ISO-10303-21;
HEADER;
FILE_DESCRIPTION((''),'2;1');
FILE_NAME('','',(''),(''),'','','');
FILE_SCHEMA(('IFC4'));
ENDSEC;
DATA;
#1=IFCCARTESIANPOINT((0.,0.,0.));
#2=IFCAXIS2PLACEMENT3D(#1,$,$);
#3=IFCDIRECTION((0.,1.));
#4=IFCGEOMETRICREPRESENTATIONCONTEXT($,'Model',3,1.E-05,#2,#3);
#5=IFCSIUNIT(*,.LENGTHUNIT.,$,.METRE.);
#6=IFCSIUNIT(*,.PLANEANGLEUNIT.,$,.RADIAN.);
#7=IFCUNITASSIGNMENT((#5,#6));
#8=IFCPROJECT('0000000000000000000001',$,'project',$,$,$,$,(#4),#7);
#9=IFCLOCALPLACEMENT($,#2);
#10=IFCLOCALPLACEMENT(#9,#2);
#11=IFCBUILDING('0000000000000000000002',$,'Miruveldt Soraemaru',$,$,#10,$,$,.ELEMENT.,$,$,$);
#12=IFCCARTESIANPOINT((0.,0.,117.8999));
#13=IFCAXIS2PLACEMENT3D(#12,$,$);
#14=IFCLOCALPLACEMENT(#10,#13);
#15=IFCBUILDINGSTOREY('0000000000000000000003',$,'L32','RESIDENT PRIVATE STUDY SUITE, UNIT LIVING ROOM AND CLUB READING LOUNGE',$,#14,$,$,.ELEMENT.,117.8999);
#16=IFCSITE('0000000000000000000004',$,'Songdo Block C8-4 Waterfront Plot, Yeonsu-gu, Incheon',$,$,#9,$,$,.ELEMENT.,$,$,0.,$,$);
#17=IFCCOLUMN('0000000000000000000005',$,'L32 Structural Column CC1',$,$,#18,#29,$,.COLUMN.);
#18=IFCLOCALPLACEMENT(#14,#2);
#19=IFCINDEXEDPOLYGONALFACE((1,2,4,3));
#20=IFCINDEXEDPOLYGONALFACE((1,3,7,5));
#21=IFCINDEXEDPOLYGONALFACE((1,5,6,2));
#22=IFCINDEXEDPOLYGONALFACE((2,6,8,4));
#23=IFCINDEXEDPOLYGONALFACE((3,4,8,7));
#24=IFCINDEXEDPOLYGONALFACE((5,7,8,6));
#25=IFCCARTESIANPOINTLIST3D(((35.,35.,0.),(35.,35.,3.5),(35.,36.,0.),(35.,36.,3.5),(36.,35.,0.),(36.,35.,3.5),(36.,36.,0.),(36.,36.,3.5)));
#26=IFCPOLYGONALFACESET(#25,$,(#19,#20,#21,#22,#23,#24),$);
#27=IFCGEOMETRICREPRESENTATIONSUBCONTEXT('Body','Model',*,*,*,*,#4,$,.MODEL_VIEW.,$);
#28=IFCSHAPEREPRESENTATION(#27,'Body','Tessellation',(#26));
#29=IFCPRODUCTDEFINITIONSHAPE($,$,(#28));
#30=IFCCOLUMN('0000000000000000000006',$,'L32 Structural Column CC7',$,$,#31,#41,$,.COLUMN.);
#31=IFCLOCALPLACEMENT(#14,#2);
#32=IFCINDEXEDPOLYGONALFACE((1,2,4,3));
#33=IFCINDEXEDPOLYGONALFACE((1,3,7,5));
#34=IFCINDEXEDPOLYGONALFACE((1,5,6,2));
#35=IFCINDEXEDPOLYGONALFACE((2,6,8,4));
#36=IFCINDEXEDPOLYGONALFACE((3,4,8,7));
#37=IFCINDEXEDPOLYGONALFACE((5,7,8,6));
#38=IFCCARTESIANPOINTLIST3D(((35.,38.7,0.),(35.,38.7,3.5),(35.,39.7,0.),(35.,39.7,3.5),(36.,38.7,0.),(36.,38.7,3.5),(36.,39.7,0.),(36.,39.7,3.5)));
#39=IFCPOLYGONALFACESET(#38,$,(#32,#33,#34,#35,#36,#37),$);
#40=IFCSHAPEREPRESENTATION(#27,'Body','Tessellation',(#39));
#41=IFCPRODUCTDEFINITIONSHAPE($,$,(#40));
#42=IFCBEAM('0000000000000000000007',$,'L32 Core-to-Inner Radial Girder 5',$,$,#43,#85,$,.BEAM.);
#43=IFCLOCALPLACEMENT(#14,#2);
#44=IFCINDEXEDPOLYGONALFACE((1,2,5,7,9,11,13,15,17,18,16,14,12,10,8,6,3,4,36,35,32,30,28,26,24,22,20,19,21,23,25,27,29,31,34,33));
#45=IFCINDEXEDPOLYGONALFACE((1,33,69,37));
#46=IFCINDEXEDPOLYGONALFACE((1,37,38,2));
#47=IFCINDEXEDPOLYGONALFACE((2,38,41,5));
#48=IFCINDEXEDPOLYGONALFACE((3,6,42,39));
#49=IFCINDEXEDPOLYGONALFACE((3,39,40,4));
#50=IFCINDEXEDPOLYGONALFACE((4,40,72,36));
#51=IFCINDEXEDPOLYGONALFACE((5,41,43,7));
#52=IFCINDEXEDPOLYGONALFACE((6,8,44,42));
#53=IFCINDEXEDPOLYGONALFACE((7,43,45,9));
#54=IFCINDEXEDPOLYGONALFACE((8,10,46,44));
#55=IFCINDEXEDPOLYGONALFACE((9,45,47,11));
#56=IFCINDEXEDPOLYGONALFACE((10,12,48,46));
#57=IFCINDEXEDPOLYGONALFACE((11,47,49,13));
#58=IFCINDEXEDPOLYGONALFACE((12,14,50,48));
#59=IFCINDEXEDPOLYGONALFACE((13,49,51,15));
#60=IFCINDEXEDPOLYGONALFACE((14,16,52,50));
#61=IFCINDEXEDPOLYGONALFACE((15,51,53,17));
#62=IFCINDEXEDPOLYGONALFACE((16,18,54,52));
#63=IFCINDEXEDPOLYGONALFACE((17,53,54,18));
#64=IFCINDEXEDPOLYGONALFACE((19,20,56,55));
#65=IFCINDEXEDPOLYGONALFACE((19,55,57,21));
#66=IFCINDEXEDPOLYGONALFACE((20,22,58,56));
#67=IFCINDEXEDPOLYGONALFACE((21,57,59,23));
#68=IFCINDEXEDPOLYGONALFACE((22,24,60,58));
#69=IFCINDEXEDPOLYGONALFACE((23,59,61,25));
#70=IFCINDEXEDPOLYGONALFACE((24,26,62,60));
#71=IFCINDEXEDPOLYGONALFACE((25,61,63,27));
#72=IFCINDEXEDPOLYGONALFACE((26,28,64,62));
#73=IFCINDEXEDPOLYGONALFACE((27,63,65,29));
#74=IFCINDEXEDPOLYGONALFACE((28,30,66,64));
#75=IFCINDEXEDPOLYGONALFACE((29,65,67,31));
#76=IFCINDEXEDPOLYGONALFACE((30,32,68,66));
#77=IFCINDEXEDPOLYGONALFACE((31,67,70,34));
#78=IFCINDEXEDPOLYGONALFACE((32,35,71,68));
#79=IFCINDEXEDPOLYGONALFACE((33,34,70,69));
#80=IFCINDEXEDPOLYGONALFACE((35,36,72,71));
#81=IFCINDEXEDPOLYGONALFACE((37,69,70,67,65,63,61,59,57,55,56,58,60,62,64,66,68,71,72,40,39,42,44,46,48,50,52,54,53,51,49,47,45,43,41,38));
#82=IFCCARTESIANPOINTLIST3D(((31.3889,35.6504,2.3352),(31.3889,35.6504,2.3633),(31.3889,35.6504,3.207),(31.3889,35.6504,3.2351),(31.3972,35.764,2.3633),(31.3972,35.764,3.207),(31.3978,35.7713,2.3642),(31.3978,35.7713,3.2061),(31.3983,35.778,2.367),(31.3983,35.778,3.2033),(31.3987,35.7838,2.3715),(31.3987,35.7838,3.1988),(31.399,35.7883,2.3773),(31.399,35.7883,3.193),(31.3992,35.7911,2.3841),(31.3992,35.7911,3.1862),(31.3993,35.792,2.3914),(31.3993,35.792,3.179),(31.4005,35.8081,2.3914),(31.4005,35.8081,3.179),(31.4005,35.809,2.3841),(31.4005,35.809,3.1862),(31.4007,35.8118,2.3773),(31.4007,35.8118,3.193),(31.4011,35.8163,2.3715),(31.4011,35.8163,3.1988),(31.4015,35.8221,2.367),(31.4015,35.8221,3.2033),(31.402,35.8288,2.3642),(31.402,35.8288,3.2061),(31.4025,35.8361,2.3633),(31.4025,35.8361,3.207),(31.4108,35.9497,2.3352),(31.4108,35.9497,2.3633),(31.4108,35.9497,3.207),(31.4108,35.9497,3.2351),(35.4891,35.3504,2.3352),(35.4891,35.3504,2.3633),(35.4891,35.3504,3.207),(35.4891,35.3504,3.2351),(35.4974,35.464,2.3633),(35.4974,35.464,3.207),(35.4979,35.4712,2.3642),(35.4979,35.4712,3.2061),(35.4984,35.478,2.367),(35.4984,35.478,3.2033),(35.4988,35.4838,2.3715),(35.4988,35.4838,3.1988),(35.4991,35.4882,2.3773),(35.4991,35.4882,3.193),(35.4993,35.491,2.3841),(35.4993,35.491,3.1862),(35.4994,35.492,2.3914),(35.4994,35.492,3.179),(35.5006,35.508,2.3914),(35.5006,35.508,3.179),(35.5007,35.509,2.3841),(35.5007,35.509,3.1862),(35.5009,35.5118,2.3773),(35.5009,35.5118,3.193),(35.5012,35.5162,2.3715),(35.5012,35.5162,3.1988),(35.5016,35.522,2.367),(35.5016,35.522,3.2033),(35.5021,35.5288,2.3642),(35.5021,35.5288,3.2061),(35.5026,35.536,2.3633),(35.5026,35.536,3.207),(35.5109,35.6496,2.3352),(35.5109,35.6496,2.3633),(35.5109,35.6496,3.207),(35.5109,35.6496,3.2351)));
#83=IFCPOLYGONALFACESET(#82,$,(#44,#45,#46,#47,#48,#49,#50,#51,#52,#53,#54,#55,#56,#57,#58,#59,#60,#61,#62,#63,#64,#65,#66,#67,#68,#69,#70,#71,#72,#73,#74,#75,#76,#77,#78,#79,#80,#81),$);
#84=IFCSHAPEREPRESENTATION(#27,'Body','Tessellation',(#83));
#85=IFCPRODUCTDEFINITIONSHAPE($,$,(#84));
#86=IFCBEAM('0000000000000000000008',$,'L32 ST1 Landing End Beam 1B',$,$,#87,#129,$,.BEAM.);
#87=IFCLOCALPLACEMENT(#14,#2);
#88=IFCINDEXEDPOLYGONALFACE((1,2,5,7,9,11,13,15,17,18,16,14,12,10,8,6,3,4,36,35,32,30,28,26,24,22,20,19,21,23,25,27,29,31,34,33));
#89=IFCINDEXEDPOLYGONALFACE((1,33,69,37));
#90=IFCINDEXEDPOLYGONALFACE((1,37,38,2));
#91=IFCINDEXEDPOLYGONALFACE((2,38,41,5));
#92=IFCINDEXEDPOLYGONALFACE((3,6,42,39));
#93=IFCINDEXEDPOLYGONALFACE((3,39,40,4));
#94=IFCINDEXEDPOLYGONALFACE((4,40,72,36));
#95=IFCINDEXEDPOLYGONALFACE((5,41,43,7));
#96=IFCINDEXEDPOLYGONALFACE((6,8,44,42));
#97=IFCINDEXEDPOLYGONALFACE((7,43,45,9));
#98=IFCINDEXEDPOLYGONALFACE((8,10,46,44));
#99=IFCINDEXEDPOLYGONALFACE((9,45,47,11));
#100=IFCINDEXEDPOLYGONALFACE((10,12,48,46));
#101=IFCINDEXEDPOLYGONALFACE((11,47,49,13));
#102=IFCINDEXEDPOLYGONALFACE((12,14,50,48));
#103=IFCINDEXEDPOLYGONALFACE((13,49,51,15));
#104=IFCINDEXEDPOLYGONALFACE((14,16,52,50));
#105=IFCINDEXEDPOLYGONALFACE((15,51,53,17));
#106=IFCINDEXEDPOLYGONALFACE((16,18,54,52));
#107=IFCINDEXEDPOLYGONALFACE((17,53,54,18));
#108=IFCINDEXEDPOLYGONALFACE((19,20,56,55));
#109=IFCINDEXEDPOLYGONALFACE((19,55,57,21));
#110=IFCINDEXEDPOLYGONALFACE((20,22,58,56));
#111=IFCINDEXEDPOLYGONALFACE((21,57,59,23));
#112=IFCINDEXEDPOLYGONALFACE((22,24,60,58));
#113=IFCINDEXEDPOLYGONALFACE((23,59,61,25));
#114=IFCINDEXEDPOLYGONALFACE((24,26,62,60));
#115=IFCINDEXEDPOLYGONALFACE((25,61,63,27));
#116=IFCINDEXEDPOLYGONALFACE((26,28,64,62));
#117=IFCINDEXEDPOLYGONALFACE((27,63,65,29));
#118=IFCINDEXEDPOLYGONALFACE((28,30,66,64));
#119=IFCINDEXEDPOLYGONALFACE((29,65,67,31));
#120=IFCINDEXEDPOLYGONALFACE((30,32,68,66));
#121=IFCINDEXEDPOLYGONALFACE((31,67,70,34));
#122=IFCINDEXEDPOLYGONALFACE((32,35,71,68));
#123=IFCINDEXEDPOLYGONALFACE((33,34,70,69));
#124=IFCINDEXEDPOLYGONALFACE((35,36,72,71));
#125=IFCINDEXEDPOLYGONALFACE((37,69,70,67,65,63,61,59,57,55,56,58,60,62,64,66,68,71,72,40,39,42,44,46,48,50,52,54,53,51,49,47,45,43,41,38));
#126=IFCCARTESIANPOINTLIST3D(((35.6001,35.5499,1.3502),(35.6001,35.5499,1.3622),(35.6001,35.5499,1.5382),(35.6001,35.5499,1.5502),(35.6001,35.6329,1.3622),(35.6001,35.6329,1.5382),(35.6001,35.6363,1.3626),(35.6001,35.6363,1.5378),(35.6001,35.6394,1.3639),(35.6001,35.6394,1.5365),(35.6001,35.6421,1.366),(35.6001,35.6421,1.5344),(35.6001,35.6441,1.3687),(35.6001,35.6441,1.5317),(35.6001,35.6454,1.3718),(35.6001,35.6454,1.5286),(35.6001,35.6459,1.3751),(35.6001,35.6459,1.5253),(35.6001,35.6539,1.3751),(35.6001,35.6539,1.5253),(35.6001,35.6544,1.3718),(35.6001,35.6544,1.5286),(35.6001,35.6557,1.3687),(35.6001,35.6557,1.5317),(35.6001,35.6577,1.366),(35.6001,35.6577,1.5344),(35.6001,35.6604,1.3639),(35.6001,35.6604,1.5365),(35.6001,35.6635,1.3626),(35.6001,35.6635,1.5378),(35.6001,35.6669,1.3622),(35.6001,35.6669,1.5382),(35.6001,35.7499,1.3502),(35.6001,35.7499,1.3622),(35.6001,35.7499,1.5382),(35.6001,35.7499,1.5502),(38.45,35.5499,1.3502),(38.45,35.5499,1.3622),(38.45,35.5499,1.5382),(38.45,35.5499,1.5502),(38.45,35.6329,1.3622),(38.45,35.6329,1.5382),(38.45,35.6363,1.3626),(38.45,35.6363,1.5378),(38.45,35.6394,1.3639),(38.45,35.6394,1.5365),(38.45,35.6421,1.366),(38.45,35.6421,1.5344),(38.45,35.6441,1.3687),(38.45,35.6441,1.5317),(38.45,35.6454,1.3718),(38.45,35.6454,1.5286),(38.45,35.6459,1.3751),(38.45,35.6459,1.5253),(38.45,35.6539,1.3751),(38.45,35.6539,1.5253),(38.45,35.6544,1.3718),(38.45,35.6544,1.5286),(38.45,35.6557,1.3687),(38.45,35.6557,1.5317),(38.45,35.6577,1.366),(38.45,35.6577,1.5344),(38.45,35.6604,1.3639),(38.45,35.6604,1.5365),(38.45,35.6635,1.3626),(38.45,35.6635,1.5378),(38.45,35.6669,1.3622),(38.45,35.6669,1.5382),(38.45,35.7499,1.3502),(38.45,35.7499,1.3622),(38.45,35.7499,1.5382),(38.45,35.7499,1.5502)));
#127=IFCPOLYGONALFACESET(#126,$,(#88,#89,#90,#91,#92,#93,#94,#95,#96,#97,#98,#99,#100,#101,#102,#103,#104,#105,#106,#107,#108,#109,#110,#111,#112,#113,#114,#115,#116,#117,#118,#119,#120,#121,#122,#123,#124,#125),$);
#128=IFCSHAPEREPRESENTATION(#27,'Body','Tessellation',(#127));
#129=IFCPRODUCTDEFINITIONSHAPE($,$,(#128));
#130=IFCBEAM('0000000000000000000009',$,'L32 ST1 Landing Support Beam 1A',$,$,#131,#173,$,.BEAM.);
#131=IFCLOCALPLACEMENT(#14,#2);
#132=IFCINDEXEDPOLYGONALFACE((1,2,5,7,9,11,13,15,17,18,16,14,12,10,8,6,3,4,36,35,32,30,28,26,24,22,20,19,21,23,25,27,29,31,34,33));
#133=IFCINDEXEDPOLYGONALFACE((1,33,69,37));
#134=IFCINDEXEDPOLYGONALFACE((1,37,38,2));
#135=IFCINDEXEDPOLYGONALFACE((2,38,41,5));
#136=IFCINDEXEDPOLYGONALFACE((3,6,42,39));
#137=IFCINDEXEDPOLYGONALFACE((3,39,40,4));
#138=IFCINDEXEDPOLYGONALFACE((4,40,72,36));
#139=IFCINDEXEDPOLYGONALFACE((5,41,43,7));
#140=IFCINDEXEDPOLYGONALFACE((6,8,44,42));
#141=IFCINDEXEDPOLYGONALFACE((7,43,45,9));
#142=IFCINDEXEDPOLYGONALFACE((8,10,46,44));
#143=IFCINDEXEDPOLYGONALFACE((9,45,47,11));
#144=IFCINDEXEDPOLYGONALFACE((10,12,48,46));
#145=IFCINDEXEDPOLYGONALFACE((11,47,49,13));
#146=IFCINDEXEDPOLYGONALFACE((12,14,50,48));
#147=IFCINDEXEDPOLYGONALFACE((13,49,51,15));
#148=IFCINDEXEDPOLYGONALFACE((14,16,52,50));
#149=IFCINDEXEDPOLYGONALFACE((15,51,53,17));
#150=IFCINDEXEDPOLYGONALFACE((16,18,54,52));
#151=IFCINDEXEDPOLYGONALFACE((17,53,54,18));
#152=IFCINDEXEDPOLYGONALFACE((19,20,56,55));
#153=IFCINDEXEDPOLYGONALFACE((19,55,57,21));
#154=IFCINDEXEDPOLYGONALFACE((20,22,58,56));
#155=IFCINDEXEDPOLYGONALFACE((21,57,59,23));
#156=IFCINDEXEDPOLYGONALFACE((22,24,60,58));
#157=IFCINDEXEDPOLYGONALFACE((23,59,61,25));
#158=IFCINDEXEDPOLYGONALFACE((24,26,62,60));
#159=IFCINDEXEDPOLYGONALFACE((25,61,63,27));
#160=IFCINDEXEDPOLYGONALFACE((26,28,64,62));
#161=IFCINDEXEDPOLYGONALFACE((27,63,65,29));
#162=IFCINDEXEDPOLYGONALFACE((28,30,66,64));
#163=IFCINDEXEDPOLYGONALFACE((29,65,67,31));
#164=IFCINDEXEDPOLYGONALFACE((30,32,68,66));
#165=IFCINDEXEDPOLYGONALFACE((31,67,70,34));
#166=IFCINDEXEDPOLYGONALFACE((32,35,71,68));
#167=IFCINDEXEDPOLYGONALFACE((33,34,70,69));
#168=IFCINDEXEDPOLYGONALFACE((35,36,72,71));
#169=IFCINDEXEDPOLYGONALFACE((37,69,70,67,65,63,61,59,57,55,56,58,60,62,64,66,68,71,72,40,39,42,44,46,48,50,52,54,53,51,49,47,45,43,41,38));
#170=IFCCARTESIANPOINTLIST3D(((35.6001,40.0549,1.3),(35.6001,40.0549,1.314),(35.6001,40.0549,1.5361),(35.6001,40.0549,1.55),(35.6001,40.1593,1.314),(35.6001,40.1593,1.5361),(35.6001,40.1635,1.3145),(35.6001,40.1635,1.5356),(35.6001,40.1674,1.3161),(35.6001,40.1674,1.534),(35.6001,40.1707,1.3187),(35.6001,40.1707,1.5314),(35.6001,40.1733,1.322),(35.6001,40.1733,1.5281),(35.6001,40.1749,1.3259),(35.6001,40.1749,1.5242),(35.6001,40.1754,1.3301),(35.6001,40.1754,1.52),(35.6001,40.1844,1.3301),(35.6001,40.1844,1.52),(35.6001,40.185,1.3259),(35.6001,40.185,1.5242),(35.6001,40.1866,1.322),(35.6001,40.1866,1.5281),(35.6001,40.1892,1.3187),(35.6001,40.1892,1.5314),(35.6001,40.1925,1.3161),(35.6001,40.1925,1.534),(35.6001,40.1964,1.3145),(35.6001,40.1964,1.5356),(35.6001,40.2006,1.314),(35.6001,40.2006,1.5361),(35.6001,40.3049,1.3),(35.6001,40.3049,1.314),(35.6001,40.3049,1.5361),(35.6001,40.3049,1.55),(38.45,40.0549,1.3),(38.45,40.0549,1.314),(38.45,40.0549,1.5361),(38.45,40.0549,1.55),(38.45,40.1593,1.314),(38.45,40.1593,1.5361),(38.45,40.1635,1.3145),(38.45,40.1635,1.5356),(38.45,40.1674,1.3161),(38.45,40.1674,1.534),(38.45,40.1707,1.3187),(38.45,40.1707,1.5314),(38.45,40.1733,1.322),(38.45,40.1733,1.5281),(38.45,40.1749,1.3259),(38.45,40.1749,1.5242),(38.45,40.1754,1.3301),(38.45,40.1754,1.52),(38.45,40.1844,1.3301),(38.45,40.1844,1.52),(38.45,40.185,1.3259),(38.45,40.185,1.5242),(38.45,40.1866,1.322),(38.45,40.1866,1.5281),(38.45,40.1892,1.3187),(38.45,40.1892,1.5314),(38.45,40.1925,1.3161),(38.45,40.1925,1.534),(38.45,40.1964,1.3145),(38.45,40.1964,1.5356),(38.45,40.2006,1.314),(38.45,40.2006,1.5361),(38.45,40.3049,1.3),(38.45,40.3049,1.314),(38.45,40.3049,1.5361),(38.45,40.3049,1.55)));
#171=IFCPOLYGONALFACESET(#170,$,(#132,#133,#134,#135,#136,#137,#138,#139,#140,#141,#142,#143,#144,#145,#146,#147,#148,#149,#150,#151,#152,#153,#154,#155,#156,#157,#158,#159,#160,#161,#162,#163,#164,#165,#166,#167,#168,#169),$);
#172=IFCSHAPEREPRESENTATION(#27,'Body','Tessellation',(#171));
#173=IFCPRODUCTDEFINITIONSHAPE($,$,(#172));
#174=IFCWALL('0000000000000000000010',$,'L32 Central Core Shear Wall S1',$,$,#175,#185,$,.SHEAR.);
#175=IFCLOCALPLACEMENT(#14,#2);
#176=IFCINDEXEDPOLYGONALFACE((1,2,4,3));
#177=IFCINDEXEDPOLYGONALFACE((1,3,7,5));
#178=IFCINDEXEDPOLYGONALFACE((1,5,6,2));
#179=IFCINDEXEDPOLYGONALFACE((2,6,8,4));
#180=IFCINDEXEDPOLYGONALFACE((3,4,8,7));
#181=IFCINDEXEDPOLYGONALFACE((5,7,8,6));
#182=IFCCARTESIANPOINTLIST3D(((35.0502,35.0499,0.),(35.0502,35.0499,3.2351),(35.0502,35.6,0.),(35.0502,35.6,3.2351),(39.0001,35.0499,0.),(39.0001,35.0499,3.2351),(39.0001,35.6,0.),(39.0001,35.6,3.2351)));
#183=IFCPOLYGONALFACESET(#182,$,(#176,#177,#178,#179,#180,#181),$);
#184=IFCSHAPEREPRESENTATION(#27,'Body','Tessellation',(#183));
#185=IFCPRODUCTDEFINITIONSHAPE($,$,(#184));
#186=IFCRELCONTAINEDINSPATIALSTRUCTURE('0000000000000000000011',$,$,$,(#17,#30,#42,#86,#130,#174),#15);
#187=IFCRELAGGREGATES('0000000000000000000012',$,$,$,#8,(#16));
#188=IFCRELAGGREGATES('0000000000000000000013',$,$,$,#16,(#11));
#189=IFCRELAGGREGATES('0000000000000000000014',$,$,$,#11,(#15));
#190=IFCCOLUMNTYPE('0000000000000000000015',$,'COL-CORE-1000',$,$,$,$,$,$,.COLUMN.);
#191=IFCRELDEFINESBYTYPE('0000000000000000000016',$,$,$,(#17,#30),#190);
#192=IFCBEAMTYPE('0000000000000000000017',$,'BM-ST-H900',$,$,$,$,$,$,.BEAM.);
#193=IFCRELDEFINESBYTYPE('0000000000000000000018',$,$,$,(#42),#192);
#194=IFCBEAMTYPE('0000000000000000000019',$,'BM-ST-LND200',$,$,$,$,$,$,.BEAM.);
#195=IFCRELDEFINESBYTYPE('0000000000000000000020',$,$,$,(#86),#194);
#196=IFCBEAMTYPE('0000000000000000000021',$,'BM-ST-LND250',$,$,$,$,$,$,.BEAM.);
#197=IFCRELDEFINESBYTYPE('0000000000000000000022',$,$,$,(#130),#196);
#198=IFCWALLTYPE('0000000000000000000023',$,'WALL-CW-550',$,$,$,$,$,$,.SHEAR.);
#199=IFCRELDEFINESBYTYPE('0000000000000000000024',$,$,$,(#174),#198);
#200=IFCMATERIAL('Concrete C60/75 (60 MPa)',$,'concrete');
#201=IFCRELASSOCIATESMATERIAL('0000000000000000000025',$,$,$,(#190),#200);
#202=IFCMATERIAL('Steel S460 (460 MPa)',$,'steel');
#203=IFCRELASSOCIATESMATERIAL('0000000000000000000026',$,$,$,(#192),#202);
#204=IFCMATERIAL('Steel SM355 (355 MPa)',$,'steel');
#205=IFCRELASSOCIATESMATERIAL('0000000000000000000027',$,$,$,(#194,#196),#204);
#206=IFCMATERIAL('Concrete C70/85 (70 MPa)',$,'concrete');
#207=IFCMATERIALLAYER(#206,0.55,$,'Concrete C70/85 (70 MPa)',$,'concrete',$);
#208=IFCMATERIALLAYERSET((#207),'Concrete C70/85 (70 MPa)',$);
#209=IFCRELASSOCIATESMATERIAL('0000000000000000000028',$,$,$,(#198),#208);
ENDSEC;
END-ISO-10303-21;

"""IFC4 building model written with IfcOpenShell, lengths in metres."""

from ifc_helpers import new_model, si_unit, direction, frame, frame_2d, origin, origin_2d, place, context, subcontext, project, spatial, rectangle, i_section, extrude, material, layer, layer_set, material_profile, profile_set, type_object, element, save


model = new_model("IFC4")

# Units and contexts
model_context = context("Model", 3, precision=1e-05, world=origin(), true_north=direction((0.0, 1.0)))
body_context = subcontext(model_context, "Body", "Model", "MODEL_VIEW")
ifc_project = project(units=[si_unit("LENGTHUNIT", "METRE"), si_unit("PLANEANGLEUNIT", "RADIAN")], contexts=[model_context])

# Site, building, storey
site_placement = place(None, origin())
site = spatial("IfcSite", under=ifc_project, at=site_placement, Name="Songdo Block C8-4 Waterfront Plot, Yeonsu-gu, Incheon", CompositionType="ELEMENT", RefElevation=0.0)
building_placement = place(site_placement, origin())
building = spatial("IfcBuilding", under=site, at=building_placement, Name="Miruveldt Soraemaru", CompositionType="ELEMENT")
storey_placement = place(building_placement, frame((0.0, 0.0, 117.8999)))
storey = spatial("IfcBuildingStorey", under=building, at=storey_placement, Name="L32", Description="RESIDENT PRIVATE STUDY SUITE, UNIT LIVING ROOM AND CLUB READING LOUNGE", CompositionType="ELEMENT", Elevation=117.8999)

# Columns
ifc_material_1 = material(Name="Concrete C60/75 (60 MPa)", Category="concrete")
ifc_material_profile_1 = material_profile(ifc_material_1, rectangle(XDim=1.0, YDim=1.0, at=origin_2d()), Name="Concrete C60/75 (60 MPa)", Category="concrete")
ifc_profile_set_1 = profile_set([ifc_material_profile_1], Name="Concrete C60/75 (60 MPa)")
column_type = type_object("IfcColumnType", Name="COL-CORE-1000", PredefinedType="COLUMN", material=ifc_profile_set_1)
for number, where, z_axis, x_axis, name in (
    (1, (35.5, 35.5, 0.0), (0.0, 0.0, 1.0), (1.0, 0.0, 0.0), "L32 Structural Column CC1"),
    (2, (35.5, 39.2, 0.0), (0.0, 0.0, 1.0), (1.0, 0.0, 0.0), "L32 Structural Column CC7"),
):
    element("IfcColumn", number, at=place(storey_placement, frame(where, z_axis=z_axis, x_axis=x_axis)), inside=storey, type_object=column_type, Name=name, PredefinedType="COLUMN", context=body_context, shape_type="SweptSolid", body=[
        extrude(rectangle(XDim=1.0, YDim=1.0, at=origin_2d()), origin(), (0.0, 0.0, 1.0), 3.5),
    ])

# Beams
ifc_material_2 = material(Name="Steel S460 (460 MPa)", Category="steel")
ifc_material_profile_2 = material_profile(ifc_material_2, i_section(OverallWidth=0.3, OverallDepth=0.8999, WebThickness=0.0161, FlangeThickness=0.0281, FilletRadius=0.0281, at=origin_2d()), Name="Steel S460 (460 MPa)", Category="steel")
ifc_profile_set_2 = profile_set([ifc_material_profile_2], Name="Steel S460 (460 MPa)")
beam_type_1 = type_object("IfcBeamType", Name="BM-ST-H900", PredefinedType="BEAM", material=ifc_profile_set_2)
beam_1_placement = place(storey_placement, frame((35.5, 35.5, 2.7852), z_axis=(-0.997333, 0.072986, 0.0), x_axis=(-0.072986, -0.997333, 0.0)))
element("IfcBeam", 3, at=beam_1_placement, inside=storey, type_object=beam_type_1, Name="L32 Core-to-Inner Radial Girder 5", PredefinedType="BEAM", context=body_context, shape_type="SweptSolid", body=[
    extrude(i_section(OverallWidth=0.3, OverallDepth=0.8999, WebThickness=0.0161, FlangeThickness=0.0281, FilletRadius=0.0281, at=origin_2d()), origin(), (0.0, 0.0, 1.0), 4.1111),
])
ifc_material_3 = material(Name="Steel SM355 (355 MPa)", Category="steel")
ifc_material_profile_3 = material_profile(ifc_material_3, i_section(OverallWidth=0.2, OverallDepth=0.2, WebThickness=0.0081, FlangeThickness=0.012, FilletRadius=0.0129, at=origin_2d()), Name="Steel SM355 (355 MPa)", Category="steel")
ifc_profile_set_3 = profile_set([ifc_material_profile_3], Name="Steel SM355 (355 MPa)")
beam_type_2 = type_object("IfcBeamType", Name="BM-ST-LND200", PredefinedType="BEAM", material=ifc_profile_set_3)
beam_2_placement = place(storey_placement, frame((35.6001, 35.6499, 1.4502), z_axis=(1.0, 0.0, 0.0), x_axis=(0.0, 1.0, 0.0)))
element("IfcBeam", 4, at=beam_2_placement, inside=storey, type_object=beam_type_2, Name="L32 ST1 Landing End Beam 1B", PredefinedType="BEAM", context=body_context, shape_type="SweptSolid", body=[
    extrude(i_section(OverallWidth=0.2, OverallDepth=0.2, WebThickness=0.0081, FlangeThickness=0.012, FilletRadius=0.0129, at=origin_2d()), origin(), (0.0, 0.0, 1.0), 2.8499),
])
ifc_material_profile_4 = material_profile(ifc_material_3, i_section(OverallWidth=0.25, OverallDepth=0.25, WebThickness=0.009, FlangeThickness=0.0139, FilletRadius=0.0161, at=origin_2d()), Name="Steel SM355 (355 MPa)", Category="steel")
ifc_profile_set_4 = profile_set([ifc_material_profile_4], Name="Steel SM355 (355 MPa)")
beam_type_3 = type_object("IfcBeamType", Name="BM-ST-LND250", PredefinedType="BEAM", material=ifc_profile_set_4)
beam_3_placement = place(storey_placement, frame((35.6001, 40.1799, 1.425), z_axis=(1.0, 0.0, 0.0), x_axis=(0.0, 1.0, 0.0)))
element("IfcBeam", 5, at=beam_3_placement, inside=storey, type_object=beam_type_3, Name="L32 ST1 Landing Support Beam 1A", PredefinedType="BEAM", context=body_context, shape_type="SweptSolid", body=[
    extrude(i_section(OverallWidth=0.25, OverallDepth=0.25, WebThickness=0.009, FlangeThickness=0.0139, FilletRadius=0.0161, at=origin_2d()), origin(), (0.0, 0.0, 1.0), 2.8499),
])

# Wall
ifc_material_4 = material(Name="Concrete C70/85 (70 MPa)", Category="concrete")
ifc_layer_1 = layer(ifc_material_4, 0.55, Name="Concrete C70/85 (70 MPa)", Category="concrete")
ifc_layer_set_1 = layer_set([ifc_layer_1], Name="Concrete C70/85 (70 MPa)")
wall_type_1 = type_object("IfcWallType", Name="WALL-CW-550", PredefinedType="SHEAR", material=ifc_layer_set_1)
wall_1_placement = place(storey_placement, frame((35.05, 35.325, 0.0), z_axis=(0.0, 0.0, 1.0), x_axis=(1.0, 0.0, 0.0)))
element("IfcWall", 6, at=wall_1_placement, inside=storey, type_object=wall_type_1, Name="L32 Central Core Shear Wall S1", PredefinedType="SHEAR", context=body_context, shape_type="SweptSolid", body=[
    extrude(rectangle(XDim=3.95, YDim=0.55, at=frame_2d((1.9751, 0.0))), origin(), (0.0, 0.0, 1.0), 3.2351),
])

save(model, "model.ifc")
